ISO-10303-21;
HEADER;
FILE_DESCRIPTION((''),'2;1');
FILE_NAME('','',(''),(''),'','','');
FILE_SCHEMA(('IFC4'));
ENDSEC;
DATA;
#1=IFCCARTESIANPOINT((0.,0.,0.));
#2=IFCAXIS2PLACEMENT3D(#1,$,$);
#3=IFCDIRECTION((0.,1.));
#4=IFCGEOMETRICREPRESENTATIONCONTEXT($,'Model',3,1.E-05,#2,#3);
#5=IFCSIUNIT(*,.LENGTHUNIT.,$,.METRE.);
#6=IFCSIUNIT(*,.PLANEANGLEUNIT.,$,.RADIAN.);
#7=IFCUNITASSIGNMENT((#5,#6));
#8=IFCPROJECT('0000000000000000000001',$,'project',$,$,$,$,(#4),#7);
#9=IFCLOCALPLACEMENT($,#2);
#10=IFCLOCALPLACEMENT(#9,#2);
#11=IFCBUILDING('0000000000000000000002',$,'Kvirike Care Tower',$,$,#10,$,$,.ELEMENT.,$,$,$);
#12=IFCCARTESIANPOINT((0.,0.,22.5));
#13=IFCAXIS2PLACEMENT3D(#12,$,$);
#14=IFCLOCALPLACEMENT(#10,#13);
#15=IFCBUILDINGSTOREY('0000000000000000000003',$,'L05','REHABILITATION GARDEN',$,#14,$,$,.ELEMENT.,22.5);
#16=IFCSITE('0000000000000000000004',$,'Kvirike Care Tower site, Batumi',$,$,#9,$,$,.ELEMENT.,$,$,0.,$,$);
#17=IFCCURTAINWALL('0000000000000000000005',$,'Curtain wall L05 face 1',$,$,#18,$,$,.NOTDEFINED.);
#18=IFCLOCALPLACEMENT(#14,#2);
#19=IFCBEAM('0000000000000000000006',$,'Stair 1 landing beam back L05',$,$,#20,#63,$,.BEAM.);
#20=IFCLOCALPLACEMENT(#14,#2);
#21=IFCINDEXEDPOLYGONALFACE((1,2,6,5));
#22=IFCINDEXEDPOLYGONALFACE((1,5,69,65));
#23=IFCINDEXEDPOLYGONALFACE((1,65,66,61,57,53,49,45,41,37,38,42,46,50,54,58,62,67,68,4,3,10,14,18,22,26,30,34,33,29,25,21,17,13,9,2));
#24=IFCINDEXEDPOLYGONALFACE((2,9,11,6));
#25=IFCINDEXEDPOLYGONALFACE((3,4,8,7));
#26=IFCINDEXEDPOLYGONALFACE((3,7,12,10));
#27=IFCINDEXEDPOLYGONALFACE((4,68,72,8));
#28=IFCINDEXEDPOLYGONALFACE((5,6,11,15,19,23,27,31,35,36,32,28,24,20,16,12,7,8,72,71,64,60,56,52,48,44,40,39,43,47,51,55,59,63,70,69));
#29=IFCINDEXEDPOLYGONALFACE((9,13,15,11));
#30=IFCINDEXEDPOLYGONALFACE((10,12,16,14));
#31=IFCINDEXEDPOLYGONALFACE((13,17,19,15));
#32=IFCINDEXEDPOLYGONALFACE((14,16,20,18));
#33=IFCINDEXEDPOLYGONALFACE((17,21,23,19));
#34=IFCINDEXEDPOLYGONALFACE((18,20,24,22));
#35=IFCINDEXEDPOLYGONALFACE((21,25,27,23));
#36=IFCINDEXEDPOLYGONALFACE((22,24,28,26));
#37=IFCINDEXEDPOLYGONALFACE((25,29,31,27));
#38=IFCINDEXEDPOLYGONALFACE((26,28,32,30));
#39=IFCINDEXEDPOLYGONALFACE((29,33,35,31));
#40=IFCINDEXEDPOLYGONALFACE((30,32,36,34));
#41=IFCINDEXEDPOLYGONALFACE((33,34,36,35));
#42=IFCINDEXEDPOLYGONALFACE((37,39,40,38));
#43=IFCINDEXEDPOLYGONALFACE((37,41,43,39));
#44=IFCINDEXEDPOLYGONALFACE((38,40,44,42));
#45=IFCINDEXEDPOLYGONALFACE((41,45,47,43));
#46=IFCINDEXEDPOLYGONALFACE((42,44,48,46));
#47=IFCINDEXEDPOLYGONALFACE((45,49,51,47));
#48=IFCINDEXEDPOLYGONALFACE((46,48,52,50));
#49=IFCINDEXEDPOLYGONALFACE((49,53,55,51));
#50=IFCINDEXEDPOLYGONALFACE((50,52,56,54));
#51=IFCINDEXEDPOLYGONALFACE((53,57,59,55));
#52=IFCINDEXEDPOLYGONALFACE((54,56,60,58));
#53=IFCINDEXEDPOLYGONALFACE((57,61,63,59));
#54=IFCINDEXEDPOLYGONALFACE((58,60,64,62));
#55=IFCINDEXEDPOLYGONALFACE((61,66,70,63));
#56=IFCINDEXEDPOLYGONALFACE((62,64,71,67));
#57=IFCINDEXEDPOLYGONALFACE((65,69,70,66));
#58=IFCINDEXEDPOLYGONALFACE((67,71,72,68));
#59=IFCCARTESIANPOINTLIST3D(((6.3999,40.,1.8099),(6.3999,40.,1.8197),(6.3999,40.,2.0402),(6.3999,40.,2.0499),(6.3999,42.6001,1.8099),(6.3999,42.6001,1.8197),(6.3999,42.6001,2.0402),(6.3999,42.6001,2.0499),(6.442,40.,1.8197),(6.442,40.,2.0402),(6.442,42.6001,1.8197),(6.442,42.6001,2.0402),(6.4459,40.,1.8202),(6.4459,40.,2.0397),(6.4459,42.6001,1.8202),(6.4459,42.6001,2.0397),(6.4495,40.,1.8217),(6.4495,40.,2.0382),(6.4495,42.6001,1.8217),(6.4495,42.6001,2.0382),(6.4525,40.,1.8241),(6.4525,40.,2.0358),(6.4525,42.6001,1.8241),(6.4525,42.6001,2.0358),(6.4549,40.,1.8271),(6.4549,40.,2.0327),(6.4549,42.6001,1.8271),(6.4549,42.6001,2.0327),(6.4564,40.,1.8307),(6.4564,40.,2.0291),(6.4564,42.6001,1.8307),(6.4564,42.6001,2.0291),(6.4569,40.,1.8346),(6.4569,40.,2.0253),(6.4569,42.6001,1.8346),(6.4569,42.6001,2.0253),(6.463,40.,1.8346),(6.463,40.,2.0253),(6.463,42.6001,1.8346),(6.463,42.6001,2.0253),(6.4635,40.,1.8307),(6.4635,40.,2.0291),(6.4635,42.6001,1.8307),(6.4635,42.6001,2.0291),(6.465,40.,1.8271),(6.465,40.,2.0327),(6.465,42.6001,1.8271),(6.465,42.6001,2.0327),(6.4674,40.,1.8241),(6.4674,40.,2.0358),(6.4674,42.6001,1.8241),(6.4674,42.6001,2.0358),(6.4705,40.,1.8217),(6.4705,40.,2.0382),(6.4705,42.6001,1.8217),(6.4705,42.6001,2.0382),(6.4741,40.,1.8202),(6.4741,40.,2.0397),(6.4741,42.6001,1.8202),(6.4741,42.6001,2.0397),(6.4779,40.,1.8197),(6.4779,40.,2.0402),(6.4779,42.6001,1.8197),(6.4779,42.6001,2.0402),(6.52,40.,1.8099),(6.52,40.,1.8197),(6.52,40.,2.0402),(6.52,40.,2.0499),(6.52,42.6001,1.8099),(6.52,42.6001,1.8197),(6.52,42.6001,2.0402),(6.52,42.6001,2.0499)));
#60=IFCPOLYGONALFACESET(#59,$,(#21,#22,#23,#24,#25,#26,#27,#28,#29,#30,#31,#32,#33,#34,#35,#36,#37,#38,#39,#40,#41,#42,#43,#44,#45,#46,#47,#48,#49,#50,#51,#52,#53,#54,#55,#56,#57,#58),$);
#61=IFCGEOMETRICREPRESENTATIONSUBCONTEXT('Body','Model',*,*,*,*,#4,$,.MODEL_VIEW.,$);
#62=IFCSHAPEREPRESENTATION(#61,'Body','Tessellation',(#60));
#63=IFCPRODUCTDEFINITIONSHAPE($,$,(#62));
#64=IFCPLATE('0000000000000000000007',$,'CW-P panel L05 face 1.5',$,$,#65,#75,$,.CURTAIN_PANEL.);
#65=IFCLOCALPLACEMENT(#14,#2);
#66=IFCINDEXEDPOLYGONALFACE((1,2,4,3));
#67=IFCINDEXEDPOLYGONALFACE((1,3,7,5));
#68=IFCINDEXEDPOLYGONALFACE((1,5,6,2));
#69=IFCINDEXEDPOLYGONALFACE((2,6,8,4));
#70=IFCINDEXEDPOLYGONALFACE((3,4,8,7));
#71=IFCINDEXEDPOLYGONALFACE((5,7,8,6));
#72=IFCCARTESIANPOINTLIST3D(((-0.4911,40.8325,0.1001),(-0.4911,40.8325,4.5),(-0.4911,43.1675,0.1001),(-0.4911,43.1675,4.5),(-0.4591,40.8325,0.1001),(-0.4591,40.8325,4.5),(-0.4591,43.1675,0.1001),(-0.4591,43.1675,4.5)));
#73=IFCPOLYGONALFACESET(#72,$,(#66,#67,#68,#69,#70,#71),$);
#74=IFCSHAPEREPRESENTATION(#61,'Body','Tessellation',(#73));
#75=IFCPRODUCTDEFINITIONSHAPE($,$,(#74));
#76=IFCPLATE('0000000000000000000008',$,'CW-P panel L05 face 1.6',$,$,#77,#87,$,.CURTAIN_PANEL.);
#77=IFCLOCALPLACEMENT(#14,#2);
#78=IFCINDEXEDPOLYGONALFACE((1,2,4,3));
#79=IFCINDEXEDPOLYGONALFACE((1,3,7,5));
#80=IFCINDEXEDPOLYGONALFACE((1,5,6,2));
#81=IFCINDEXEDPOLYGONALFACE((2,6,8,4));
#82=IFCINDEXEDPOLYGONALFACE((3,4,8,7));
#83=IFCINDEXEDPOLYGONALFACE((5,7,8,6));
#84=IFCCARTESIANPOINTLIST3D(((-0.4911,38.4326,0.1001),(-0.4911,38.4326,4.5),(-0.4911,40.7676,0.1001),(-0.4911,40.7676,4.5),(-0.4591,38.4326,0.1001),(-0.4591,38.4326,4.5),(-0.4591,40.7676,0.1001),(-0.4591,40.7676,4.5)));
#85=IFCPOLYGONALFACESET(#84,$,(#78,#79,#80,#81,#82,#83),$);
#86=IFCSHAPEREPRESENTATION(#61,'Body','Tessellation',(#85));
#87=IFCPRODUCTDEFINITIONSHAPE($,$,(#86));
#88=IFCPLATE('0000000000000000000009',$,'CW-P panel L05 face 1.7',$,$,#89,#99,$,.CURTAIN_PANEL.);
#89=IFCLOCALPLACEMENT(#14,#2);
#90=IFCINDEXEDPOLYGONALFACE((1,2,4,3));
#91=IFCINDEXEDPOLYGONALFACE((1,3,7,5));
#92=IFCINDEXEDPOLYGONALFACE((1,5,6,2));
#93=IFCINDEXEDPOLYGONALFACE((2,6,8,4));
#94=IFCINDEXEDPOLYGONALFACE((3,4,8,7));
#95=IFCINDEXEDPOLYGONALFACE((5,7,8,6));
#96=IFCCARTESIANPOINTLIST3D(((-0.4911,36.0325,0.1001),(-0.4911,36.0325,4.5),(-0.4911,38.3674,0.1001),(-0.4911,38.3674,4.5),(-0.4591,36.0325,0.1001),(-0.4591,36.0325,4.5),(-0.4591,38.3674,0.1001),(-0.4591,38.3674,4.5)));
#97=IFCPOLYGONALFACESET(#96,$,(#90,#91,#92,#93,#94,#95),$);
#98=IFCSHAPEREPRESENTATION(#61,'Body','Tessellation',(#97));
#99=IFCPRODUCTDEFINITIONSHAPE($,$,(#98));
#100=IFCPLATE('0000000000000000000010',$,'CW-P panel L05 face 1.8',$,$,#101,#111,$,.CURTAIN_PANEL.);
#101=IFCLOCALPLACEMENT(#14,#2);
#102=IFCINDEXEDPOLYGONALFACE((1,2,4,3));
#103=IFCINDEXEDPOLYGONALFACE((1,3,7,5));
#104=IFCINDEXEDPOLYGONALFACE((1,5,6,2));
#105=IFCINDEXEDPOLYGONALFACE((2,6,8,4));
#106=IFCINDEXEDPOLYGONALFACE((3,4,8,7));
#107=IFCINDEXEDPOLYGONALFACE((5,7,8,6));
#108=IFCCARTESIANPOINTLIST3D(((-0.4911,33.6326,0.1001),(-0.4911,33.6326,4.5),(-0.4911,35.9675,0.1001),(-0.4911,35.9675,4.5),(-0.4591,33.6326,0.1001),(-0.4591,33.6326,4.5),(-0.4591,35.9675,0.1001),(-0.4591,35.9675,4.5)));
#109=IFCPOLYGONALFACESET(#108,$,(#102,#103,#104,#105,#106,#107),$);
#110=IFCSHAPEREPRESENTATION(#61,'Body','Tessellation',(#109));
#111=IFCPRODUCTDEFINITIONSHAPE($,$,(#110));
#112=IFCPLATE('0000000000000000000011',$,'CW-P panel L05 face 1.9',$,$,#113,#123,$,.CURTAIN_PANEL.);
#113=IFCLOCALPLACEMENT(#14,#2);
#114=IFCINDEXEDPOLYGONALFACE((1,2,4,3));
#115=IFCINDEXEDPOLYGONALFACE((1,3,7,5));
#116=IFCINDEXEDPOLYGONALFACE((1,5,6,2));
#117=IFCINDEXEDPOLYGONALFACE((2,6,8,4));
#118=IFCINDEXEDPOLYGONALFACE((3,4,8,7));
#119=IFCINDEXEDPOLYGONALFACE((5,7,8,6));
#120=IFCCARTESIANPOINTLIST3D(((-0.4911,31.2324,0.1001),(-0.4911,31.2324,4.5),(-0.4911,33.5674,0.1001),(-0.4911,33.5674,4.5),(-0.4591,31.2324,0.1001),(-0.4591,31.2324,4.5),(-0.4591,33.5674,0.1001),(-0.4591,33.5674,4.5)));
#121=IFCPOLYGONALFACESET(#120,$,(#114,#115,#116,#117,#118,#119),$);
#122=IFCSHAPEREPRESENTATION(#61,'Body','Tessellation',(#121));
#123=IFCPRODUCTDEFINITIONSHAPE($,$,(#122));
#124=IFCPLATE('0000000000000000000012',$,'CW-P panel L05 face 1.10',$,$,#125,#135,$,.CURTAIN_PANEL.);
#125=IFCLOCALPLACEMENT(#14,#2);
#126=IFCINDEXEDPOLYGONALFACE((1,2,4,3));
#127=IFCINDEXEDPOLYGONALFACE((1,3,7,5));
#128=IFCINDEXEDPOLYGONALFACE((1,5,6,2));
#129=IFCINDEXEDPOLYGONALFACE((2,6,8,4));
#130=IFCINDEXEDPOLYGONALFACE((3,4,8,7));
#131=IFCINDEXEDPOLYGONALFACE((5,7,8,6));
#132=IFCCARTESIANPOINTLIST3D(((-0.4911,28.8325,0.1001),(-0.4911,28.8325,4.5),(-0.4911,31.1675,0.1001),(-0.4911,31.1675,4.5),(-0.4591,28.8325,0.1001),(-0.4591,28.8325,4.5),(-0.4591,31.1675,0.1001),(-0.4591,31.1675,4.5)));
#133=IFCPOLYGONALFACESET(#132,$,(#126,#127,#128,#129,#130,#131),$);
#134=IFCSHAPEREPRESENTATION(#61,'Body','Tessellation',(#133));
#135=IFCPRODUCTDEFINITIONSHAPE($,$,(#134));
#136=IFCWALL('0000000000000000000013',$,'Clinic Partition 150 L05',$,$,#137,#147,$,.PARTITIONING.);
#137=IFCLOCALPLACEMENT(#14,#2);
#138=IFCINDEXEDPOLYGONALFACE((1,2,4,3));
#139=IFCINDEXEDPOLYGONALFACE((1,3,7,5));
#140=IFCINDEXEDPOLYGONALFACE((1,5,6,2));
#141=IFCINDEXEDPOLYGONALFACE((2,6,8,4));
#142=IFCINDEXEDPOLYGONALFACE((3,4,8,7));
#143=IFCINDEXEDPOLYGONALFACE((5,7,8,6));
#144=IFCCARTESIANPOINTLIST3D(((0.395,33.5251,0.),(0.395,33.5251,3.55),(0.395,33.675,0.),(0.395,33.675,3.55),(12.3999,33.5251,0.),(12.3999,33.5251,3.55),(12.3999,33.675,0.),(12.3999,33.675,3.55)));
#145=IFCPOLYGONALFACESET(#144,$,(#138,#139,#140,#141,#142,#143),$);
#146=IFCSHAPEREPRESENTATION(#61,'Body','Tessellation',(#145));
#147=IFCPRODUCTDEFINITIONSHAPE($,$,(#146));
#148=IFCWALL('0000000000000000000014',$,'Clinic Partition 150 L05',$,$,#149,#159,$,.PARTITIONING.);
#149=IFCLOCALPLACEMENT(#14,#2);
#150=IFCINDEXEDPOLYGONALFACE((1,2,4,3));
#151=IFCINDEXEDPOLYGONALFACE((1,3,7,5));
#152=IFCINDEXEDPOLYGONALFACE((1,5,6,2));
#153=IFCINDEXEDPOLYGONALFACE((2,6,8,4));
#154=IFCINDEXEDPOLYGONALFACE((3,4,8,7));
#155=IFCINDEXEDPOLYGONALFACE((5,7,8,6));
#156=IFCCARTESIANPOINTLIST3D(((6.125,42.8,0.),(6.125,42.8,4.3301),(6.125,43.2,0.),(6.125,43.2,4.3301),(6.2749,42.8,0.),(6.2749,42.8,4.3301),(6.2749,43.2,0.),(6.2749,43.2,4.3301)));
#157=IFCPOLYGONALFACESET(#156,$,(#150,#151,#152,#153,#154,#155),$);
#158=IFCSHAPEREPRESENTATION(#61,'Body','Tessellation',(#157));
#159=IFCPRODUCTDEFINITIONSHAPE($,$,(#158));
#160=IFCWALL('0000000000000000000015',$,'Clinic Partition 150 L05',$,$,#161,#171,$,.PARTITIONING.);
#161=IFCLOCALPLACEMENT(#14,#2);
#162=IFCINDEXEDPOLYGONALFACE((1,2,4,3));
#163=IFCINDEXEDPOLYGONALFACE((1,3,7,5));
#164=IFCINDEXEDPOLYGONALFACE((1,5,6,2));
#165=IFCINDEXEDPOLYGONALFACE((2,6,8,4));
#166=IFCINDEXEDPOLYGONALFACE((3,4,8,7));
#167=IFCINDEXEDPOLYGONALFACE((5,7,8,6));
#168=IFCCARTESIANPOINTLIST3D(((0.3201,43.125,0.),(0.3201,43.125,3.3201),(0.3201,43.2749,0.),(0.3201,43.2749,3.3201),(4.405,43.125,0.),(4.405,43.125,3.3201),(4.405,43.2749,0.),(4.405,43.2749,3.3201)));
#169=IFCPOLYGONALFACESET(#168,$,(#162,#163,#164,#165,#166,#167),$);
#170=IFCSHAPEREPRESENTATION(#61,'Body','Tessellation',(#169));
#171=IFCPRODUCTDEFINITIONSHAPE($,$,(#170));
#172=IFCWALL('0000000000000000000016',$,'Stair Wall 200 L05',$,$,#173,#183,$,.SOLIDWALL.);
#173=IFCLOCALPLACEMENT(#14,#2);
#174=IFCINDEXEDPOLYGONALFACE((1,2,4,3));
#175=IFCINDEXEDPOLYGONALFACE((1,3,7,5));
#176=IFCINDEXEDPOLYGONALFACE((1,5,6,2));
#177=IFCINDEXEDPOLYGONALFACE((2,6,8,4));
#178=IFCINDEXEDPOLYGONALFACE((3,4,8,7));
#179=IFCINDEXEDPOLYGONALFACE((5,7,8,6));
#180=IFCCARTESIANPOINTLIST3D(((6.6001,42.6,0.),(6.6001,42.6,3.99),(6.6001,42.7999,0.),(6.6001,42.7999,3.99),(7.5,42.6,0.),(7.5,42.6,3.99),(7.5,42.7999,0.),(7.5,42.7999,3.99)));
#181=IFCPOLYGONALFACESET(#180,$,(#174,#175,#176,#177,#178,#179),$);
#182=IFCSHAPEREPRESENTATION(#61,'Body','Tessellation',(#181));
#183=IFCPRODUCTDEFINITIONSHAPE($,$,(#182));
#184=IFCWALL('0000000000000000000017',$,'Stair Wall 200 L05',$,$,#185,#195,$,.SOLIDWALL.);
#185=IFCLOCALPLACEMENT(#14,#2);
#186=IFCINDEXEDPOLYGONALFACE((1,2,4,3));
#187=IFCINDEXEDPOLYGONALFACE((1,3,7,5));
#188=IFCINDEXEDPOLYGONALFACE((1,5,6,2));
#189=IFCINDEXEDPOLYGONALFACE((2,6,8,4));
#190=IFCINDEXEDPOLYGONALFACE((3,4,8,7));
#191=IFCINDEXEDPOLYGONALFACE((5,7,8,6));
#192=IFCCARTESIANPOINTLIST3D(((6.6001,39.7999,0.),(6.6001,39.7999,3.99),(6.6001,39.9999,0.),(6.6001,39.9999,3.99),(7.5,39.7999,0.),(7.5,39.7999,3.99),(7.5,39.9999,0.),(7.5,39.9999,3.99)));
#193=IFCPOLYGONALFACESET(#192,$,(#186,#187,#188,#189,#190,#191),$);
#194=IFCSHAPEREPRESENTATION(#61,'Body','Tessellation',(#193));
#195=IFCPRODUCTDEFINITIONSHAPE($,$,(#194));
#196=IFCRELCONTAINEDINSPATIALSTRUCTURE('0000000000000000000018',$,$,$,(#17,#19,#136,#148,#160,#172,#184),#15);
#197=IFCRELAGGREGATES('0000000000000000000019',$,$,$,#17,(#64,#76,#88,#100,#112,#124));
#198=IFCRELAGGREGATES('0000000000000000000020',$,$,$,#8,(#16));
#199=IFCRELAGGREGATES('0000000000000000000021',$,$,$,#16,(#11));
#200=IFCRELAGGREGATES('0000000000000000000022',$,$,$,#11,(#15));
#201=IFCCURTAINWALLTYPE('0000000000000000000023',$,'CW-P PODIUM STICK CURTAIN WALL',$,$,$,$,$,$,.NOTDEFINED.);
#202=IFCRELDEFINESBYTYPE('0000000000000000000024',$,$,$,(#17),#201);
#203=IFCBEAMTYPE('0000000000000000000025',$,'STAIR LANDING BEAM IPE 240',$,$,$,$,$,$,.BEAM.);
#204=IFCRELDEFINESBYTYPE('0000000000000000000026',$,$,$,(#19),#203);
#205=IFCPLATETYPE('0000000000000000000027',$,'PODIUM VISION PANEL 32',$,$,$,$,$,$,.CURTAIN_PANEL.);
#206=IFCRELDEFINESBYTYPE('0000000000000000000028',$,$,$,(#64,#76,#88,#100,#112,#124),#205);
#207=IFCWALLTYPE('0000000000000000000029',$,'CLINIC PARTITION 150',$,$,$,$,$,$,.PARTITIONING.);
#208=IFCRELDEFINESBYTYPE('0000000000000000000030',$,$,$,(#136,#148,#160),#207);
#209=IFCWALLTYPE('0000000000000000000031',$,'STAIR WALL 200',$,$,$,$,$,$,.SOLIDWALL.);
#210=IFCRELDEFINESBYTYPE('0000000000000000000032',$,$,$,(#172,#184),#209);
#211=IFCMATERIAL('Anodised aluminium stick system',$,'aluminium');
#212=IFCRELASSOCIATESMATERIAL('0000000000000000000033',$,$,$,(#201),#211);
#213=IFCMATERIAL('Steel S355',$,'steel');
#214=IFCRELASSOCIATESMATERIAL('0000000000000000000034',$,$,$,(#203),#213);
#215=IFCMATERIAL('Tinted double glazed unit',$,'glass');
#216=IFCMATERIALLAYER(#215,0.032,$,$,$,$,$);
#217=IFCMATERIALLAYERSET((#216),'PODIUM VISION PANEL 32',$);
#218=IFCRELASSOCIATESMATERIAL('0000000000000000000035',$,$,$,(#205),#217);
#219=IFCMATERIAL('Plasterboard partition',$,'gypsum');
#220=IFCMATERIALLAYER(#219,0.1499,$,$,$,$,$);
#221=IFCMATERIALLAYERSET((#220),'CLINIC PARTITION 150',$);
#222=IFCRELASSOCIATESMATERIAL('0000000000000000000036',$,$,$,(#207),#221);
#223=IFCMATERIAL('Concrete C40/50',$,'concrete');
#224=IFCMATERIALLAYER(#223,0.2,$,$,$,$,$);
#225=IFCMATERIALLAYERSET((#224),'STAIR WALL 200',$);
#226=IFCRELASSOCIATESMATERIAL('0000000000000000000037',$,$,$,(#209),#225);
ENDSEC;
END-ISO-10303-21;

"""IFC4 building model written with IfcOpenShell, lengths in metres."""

from ifc_helpers import new_model, si_unit, direction, frame, frame_2d, origin, origin_2d, place, context, subcontext, project, spatial, rectangle, i_section, extrude, material, layer, layer_set, material_profile, profile_set, type_object, element, aggregate, save


model = new_model("IFC4")

# Units and contexts
model_context = context("Model", 3, precision=1e-05, world=origin(), true_north=direction((0.0, 1.0)))
body_context = subcontext(model_context, "Body", "Model", "MODEL_VIEW")
ifc_project = project(units=[si_unit("LENGTHUNIT", "METRE"), si_unit("PLANEANGLEUNIT", "RADIAN")], contexts=[model_context])

# Site, building, storey
site_placement = place(None, origin())
site = spatial("IfcSite", under=ifc_project, at=site_placement, Name="Kvirike Care Tower site, Batumi", CompositionType="ELEMENT", RefElevation=0.0)
building_placement = place(site_placement, origin())
building = spatial("IfcBuilding", under=site, at=building_placement, Name="Kvirike Care Tower", CompositionType="ELEMENT")
storey_placement = place(building_placement, frame((0.0, 0.0, 22.5)))
storey = spatial("IfcBuildingStorey", under=building, at=storey_placement, Name="L05", Description="REHABILITATION GARDEN", CompositionType="ELEMENT", Elevation=22.5)

# Curtain wall
ifc_material_1 = material(Name="Anodised aluminium stick system", Category="aluminium")
curtain_wall_type = type_object("IfcCurtainWallType", Name="CW-P PODIUM STICK CURTAIN WALL", PredefinedType="NOTDEFINED", material=ifc_material_1)
curtain_wall_placement = place(storey_placement, origin())
curtain_wall = element("IfcCurtainWall", 1, at=curtain_wall_placement, inside=storey, type_object=curtain_wall_type, Name="Curtain wall L05 face 1", PredefinedType="NOTDEFINED")

# Beam
ifc_material_2 = material(Name="Steel S355", Category="steel")
ifc_material_profile_1 = material_profile(ifc_material_2, i_section(OverallWidth=0.1201, OverallDepth=0.24, WebThickness=0.0061, FlangeThickness=0.0098, FilletRadius=0.0149, at=origin_2d()), Name="IPE 240")
ifc_profile_set_1 = profile_set([ifc_material_profile_1], Name="Steel S355")
beam_type_1 = type_object("IfcBeamType", Name="STAIR LANDING BEAM IPE 240", PredefinedType="BEAM", material=ifc_profile_set_1)
beam_1_placement = place(storey_placement, frame((6.46, 42.6001, 1.9299), z_axis=(0.0, -1.0, 0.0), x_axis=(1.0, 0.0, 0.0)))
element("IfcBeam", 2, at=beam_1_placement, inside=storey, type_object=beam_type_1, Name="Stair 1 landing beam back L05", PredefinedType="BEAM", context=body_context, shape_type="SweptSolid", body=[
    extrude(i_section(OverallWidth=0.1201, OverallDepth=0.24, WebThickness=0.0061, FlangeThickness=0.0098, FilletRadius=0.0149, at=origin_2d()), origin(), (0.0, 0.0, 1.0), 2.6001),
])

# Plates
ifc_material_3 = material(Name="Tinted double glazed unit", Category="glass")
ifc_layer_1 = layer(ifc_material_3, 0.032)
ifc_layer_set_1 = layer_set([ifc_layer_1], Name="PODIUM VISION PANEL 32")
plate_type = type_object("IfcPlateType", Name="PODIUM VISION PANEL 32", PredefinedType="CURTAIN_PANEL", material=ifc_layer_set_1)
plate_1_placement = place(storey_placement, frame((-0.4751, 42.0, 0.1001), z_axis=(0.0, 0.0, 1.0), x_axis=(0.0, -1.0, 0.0)))
plate_1 = element("IfcPlate", 3, at=plate_1_placement, type_object=plate_type, Name="CW-P panel L05 face 1.5", PredefinedType="CURTAIN_PANEL", context=body_context, shape_type="SweptSolid", body=[
    extrude(rectangle(XDim=2.335, YDim=0.032, at=origin_2d()), origin(), (0.0, 0.0, 1.0), 4.3999),
])
plate_2_placement = place(storey_placement, frame((-0.4751, 39.6001, 0.1001), z_axis=(0.0, 0.0, 1.0), x_axis=(0.0, -1.0, 0.0)))
plate_2 = element("IfcPlate", 4, at=plate_2_placement, type_object=plate_type, Name="CW-P panel L05 face 1.6", PredefinedType="CURTAIN_PANEL", context=body_context, shape_type="SweptSolid", body=[
    extrude(rectangle(XDim=2.335, YDim=0.032, at=origin_2d()), origin(), (0.0, 0.0, 1.0), 4.3999),
])
plate_3_placement = place(storey_placement, frame((-0.4751, 37.2, 0.1001), z_axis=(0.0, 0.0, 1.0), x_axis=(0.0, -1.0, 0.0)))
plate_3 = element("IfcPlate", 5, at=plate_3_placement, type_object=plate_type, Name="CW-P panel L05 face 1.7", PredefinedType="CURTAIN_PANEL", context=body_context, shape_type="SweptSolid", body=[
    extrude(rectangle(XDim=2.335, YDim=0.032, at=origin_2d()), origin(), (0.0, 0.0, 1.0), 4.3999),
])
plate_4_placement = place(storey_placement, frame((-0.4751, 34.8, 0.1001), z_axis=(0.0, 0.0, 1.0), x_axis=(0.0, -1.0, 0.0)))
plate_4 = element("IfcPlate", 6, at=plate_4_placement, type_object=plate_type, Name="CW-P panel L05 face 1.8", PredefinedType="CURTAIN_PANEL", context=body_context, shape_type="SweptSolid", body=[
    extrude(rectangle(XDim=2.335, YDim=0.032, at=origin_2d()), origin(), (0.0, 0.0, 1.0), 4.3999),
])
plate_5_placement = place(storey_placement, frame((-0.4751, 32.3999, 0.1001), z_axis=(0.0, 0.0, 1.0), x_axis=(0.0, -1.0, 0.0)))
plate_5 = element("IfcPlate", 7, at=plate_5_placement, type_object=plate_type, Name="CW-P panel L05 face 1.9", PredefinedType="CURTAIN_PANEL", context=body_context, shape_type="SweptSolid", body=[
    extrude(rectangle(XDim=2.335, YDim=0.032, at=origin_2d()), origin(), (0.0, 0.0, 1.0), 4.3999),
])
plate_6_placement = place(storey_placement, frame((-0.4751, 30.0, 0.1001), z_axis=(0.0, 0.0, 1.0), x_axis=(0.0, -1.0, 0.0)))
plate_6 = element("IfcPlate", 8, at=plate_6_placement, type_object=plate_type, Name="CW-P panel L05 face 1.10", PredefinedType="CURTAIN_PANEL", context=body_context, shape_type="SweptSolid", body=[
    extrude(rectangle(XDim=2.335, YDim=0.032, at=origin_2d()), origin(), (0.0, 0.0, 1.0), 4.3999),
])
aggregate(curtain_wall, [plate_1, plate_2, plate_3, plate_4, plate_5, plate_6])

# Walls
ifc_material_4 = material(Name="Plasterboard partition", Category="gypsum")
ifc_layer_2 = layer(ifc_material_4, 0.1499)
ifc_layer_set_2 = layer_set([ifc_layer_2], Name="CLINIC PARTITION 150")
wall_type_1 = type_object("IfcWallType", Name="CLINIC PARTITION 150", PredefinedType="PARTITIONING", material=ifc_layer_set_2)
wall_1_placement = place(storey_placement, frame((0.395, 33.6001, 0.0), z_axis=(0.0, 0.0, 1.0), x_axis=(1.0, 0.0, 0.0)))
element("IfcWall", 9, at=wall_1_placement, inside=storey, type_object=wall_type_1, Name="Clinic Partition 150 L05", PredefinedType="PARTITIONING", context=body_context, shape_type="SweptSolid", body=[
    extrude(rectangle(XDim=12.0049, YDim=0.1499, at=frame_2d((6.0024, 0.0))), origin(), (0.0, 0.0, 1.0), 3.55),
])
wall_2_placement = place(storey_placement, frame((6.2, 43.2, 0.0), z_axis=(0.0, 0.0, 1.0), x_axis=(0.0, -1.0, 0.0)))
element("IfcWall", 10, at=wall_2_placement, inside=storey, type_object=wall_type_1, Name="Clinic Partition 150 L05", PredefinedType="PARTITIONING", context=body_context, shape_type="SweptSolid", body=[
    extrude(rectangle(XDim=0.3999, YDim=0.1499, at=frame_2d((0.2, 0.0))), origin(), (0.0, 0.0, 1.0), 4.3301),
])
wall_3_placement = place(storey_placement, frame((4.405, 43.2, 0.0), z_axis=(0.0, 0.0, 1.0), x_axis=(-1.0, 0.0, 0.0)))
element("IfcWall", 11, at=wall_3_placement, inside=storey, type_object=wall_type_1, Name="Clinic Partition 150 L05", PredefinedType="PARTITIONING", context=body_context, shape_type="SweptSolid", body=[
    extrude(rectangle(XDim=4.085, YDim=0.1499, at=frame_2d((2.0425, 0.0))), origin(), (0.0, 0.0, 1.0), 3.3201),
])
ifc_material_5 = material(Name="Concrete C40/50", Category="concrete")
ifc_layer_3 = layer(ifc_material_5, 0.2)
ifc_layer_set_3 = layer_set([ifc_layer_3], Name="STAIR WALL 200")
wall_type_2 = type_object("IfcWallType", Name="STAIR WALL 200", PredefinedType="SOLIDWALL", material=ifc_layer_set_3)
for number, where, z_axis, x_axis, name in (
    (12, (6.6001, 42.7, 0.0), (0.0, 0.0, 1.0), (1.0, 0.0, 0.0), "Stair Wall 200 L05"),
    (13, (6.6001, 39.8999, 0.0), (0.0, 0.0, 1.0), (1.0, 0.0, 0.0), "Stair Wall 200 L05"),
):
    element("IfcWall", number, at=place(storey_placement, frame(where, z_axis=z_axis, x_axis=x_axis)), inside=storey, type_object=wall_type_2, Name=name, PredefinedType="SOLIDWALL", context=body_context, shape_type="SweptSolid", body=[
        extrude(rectangle(XDim=0.8999, YDim=0.2, at=frame_2d((0.45, 0.0))), origin(), (0.0, 0.0, 1.0), 3.99),
    ])

save(model, "model.ifc")
